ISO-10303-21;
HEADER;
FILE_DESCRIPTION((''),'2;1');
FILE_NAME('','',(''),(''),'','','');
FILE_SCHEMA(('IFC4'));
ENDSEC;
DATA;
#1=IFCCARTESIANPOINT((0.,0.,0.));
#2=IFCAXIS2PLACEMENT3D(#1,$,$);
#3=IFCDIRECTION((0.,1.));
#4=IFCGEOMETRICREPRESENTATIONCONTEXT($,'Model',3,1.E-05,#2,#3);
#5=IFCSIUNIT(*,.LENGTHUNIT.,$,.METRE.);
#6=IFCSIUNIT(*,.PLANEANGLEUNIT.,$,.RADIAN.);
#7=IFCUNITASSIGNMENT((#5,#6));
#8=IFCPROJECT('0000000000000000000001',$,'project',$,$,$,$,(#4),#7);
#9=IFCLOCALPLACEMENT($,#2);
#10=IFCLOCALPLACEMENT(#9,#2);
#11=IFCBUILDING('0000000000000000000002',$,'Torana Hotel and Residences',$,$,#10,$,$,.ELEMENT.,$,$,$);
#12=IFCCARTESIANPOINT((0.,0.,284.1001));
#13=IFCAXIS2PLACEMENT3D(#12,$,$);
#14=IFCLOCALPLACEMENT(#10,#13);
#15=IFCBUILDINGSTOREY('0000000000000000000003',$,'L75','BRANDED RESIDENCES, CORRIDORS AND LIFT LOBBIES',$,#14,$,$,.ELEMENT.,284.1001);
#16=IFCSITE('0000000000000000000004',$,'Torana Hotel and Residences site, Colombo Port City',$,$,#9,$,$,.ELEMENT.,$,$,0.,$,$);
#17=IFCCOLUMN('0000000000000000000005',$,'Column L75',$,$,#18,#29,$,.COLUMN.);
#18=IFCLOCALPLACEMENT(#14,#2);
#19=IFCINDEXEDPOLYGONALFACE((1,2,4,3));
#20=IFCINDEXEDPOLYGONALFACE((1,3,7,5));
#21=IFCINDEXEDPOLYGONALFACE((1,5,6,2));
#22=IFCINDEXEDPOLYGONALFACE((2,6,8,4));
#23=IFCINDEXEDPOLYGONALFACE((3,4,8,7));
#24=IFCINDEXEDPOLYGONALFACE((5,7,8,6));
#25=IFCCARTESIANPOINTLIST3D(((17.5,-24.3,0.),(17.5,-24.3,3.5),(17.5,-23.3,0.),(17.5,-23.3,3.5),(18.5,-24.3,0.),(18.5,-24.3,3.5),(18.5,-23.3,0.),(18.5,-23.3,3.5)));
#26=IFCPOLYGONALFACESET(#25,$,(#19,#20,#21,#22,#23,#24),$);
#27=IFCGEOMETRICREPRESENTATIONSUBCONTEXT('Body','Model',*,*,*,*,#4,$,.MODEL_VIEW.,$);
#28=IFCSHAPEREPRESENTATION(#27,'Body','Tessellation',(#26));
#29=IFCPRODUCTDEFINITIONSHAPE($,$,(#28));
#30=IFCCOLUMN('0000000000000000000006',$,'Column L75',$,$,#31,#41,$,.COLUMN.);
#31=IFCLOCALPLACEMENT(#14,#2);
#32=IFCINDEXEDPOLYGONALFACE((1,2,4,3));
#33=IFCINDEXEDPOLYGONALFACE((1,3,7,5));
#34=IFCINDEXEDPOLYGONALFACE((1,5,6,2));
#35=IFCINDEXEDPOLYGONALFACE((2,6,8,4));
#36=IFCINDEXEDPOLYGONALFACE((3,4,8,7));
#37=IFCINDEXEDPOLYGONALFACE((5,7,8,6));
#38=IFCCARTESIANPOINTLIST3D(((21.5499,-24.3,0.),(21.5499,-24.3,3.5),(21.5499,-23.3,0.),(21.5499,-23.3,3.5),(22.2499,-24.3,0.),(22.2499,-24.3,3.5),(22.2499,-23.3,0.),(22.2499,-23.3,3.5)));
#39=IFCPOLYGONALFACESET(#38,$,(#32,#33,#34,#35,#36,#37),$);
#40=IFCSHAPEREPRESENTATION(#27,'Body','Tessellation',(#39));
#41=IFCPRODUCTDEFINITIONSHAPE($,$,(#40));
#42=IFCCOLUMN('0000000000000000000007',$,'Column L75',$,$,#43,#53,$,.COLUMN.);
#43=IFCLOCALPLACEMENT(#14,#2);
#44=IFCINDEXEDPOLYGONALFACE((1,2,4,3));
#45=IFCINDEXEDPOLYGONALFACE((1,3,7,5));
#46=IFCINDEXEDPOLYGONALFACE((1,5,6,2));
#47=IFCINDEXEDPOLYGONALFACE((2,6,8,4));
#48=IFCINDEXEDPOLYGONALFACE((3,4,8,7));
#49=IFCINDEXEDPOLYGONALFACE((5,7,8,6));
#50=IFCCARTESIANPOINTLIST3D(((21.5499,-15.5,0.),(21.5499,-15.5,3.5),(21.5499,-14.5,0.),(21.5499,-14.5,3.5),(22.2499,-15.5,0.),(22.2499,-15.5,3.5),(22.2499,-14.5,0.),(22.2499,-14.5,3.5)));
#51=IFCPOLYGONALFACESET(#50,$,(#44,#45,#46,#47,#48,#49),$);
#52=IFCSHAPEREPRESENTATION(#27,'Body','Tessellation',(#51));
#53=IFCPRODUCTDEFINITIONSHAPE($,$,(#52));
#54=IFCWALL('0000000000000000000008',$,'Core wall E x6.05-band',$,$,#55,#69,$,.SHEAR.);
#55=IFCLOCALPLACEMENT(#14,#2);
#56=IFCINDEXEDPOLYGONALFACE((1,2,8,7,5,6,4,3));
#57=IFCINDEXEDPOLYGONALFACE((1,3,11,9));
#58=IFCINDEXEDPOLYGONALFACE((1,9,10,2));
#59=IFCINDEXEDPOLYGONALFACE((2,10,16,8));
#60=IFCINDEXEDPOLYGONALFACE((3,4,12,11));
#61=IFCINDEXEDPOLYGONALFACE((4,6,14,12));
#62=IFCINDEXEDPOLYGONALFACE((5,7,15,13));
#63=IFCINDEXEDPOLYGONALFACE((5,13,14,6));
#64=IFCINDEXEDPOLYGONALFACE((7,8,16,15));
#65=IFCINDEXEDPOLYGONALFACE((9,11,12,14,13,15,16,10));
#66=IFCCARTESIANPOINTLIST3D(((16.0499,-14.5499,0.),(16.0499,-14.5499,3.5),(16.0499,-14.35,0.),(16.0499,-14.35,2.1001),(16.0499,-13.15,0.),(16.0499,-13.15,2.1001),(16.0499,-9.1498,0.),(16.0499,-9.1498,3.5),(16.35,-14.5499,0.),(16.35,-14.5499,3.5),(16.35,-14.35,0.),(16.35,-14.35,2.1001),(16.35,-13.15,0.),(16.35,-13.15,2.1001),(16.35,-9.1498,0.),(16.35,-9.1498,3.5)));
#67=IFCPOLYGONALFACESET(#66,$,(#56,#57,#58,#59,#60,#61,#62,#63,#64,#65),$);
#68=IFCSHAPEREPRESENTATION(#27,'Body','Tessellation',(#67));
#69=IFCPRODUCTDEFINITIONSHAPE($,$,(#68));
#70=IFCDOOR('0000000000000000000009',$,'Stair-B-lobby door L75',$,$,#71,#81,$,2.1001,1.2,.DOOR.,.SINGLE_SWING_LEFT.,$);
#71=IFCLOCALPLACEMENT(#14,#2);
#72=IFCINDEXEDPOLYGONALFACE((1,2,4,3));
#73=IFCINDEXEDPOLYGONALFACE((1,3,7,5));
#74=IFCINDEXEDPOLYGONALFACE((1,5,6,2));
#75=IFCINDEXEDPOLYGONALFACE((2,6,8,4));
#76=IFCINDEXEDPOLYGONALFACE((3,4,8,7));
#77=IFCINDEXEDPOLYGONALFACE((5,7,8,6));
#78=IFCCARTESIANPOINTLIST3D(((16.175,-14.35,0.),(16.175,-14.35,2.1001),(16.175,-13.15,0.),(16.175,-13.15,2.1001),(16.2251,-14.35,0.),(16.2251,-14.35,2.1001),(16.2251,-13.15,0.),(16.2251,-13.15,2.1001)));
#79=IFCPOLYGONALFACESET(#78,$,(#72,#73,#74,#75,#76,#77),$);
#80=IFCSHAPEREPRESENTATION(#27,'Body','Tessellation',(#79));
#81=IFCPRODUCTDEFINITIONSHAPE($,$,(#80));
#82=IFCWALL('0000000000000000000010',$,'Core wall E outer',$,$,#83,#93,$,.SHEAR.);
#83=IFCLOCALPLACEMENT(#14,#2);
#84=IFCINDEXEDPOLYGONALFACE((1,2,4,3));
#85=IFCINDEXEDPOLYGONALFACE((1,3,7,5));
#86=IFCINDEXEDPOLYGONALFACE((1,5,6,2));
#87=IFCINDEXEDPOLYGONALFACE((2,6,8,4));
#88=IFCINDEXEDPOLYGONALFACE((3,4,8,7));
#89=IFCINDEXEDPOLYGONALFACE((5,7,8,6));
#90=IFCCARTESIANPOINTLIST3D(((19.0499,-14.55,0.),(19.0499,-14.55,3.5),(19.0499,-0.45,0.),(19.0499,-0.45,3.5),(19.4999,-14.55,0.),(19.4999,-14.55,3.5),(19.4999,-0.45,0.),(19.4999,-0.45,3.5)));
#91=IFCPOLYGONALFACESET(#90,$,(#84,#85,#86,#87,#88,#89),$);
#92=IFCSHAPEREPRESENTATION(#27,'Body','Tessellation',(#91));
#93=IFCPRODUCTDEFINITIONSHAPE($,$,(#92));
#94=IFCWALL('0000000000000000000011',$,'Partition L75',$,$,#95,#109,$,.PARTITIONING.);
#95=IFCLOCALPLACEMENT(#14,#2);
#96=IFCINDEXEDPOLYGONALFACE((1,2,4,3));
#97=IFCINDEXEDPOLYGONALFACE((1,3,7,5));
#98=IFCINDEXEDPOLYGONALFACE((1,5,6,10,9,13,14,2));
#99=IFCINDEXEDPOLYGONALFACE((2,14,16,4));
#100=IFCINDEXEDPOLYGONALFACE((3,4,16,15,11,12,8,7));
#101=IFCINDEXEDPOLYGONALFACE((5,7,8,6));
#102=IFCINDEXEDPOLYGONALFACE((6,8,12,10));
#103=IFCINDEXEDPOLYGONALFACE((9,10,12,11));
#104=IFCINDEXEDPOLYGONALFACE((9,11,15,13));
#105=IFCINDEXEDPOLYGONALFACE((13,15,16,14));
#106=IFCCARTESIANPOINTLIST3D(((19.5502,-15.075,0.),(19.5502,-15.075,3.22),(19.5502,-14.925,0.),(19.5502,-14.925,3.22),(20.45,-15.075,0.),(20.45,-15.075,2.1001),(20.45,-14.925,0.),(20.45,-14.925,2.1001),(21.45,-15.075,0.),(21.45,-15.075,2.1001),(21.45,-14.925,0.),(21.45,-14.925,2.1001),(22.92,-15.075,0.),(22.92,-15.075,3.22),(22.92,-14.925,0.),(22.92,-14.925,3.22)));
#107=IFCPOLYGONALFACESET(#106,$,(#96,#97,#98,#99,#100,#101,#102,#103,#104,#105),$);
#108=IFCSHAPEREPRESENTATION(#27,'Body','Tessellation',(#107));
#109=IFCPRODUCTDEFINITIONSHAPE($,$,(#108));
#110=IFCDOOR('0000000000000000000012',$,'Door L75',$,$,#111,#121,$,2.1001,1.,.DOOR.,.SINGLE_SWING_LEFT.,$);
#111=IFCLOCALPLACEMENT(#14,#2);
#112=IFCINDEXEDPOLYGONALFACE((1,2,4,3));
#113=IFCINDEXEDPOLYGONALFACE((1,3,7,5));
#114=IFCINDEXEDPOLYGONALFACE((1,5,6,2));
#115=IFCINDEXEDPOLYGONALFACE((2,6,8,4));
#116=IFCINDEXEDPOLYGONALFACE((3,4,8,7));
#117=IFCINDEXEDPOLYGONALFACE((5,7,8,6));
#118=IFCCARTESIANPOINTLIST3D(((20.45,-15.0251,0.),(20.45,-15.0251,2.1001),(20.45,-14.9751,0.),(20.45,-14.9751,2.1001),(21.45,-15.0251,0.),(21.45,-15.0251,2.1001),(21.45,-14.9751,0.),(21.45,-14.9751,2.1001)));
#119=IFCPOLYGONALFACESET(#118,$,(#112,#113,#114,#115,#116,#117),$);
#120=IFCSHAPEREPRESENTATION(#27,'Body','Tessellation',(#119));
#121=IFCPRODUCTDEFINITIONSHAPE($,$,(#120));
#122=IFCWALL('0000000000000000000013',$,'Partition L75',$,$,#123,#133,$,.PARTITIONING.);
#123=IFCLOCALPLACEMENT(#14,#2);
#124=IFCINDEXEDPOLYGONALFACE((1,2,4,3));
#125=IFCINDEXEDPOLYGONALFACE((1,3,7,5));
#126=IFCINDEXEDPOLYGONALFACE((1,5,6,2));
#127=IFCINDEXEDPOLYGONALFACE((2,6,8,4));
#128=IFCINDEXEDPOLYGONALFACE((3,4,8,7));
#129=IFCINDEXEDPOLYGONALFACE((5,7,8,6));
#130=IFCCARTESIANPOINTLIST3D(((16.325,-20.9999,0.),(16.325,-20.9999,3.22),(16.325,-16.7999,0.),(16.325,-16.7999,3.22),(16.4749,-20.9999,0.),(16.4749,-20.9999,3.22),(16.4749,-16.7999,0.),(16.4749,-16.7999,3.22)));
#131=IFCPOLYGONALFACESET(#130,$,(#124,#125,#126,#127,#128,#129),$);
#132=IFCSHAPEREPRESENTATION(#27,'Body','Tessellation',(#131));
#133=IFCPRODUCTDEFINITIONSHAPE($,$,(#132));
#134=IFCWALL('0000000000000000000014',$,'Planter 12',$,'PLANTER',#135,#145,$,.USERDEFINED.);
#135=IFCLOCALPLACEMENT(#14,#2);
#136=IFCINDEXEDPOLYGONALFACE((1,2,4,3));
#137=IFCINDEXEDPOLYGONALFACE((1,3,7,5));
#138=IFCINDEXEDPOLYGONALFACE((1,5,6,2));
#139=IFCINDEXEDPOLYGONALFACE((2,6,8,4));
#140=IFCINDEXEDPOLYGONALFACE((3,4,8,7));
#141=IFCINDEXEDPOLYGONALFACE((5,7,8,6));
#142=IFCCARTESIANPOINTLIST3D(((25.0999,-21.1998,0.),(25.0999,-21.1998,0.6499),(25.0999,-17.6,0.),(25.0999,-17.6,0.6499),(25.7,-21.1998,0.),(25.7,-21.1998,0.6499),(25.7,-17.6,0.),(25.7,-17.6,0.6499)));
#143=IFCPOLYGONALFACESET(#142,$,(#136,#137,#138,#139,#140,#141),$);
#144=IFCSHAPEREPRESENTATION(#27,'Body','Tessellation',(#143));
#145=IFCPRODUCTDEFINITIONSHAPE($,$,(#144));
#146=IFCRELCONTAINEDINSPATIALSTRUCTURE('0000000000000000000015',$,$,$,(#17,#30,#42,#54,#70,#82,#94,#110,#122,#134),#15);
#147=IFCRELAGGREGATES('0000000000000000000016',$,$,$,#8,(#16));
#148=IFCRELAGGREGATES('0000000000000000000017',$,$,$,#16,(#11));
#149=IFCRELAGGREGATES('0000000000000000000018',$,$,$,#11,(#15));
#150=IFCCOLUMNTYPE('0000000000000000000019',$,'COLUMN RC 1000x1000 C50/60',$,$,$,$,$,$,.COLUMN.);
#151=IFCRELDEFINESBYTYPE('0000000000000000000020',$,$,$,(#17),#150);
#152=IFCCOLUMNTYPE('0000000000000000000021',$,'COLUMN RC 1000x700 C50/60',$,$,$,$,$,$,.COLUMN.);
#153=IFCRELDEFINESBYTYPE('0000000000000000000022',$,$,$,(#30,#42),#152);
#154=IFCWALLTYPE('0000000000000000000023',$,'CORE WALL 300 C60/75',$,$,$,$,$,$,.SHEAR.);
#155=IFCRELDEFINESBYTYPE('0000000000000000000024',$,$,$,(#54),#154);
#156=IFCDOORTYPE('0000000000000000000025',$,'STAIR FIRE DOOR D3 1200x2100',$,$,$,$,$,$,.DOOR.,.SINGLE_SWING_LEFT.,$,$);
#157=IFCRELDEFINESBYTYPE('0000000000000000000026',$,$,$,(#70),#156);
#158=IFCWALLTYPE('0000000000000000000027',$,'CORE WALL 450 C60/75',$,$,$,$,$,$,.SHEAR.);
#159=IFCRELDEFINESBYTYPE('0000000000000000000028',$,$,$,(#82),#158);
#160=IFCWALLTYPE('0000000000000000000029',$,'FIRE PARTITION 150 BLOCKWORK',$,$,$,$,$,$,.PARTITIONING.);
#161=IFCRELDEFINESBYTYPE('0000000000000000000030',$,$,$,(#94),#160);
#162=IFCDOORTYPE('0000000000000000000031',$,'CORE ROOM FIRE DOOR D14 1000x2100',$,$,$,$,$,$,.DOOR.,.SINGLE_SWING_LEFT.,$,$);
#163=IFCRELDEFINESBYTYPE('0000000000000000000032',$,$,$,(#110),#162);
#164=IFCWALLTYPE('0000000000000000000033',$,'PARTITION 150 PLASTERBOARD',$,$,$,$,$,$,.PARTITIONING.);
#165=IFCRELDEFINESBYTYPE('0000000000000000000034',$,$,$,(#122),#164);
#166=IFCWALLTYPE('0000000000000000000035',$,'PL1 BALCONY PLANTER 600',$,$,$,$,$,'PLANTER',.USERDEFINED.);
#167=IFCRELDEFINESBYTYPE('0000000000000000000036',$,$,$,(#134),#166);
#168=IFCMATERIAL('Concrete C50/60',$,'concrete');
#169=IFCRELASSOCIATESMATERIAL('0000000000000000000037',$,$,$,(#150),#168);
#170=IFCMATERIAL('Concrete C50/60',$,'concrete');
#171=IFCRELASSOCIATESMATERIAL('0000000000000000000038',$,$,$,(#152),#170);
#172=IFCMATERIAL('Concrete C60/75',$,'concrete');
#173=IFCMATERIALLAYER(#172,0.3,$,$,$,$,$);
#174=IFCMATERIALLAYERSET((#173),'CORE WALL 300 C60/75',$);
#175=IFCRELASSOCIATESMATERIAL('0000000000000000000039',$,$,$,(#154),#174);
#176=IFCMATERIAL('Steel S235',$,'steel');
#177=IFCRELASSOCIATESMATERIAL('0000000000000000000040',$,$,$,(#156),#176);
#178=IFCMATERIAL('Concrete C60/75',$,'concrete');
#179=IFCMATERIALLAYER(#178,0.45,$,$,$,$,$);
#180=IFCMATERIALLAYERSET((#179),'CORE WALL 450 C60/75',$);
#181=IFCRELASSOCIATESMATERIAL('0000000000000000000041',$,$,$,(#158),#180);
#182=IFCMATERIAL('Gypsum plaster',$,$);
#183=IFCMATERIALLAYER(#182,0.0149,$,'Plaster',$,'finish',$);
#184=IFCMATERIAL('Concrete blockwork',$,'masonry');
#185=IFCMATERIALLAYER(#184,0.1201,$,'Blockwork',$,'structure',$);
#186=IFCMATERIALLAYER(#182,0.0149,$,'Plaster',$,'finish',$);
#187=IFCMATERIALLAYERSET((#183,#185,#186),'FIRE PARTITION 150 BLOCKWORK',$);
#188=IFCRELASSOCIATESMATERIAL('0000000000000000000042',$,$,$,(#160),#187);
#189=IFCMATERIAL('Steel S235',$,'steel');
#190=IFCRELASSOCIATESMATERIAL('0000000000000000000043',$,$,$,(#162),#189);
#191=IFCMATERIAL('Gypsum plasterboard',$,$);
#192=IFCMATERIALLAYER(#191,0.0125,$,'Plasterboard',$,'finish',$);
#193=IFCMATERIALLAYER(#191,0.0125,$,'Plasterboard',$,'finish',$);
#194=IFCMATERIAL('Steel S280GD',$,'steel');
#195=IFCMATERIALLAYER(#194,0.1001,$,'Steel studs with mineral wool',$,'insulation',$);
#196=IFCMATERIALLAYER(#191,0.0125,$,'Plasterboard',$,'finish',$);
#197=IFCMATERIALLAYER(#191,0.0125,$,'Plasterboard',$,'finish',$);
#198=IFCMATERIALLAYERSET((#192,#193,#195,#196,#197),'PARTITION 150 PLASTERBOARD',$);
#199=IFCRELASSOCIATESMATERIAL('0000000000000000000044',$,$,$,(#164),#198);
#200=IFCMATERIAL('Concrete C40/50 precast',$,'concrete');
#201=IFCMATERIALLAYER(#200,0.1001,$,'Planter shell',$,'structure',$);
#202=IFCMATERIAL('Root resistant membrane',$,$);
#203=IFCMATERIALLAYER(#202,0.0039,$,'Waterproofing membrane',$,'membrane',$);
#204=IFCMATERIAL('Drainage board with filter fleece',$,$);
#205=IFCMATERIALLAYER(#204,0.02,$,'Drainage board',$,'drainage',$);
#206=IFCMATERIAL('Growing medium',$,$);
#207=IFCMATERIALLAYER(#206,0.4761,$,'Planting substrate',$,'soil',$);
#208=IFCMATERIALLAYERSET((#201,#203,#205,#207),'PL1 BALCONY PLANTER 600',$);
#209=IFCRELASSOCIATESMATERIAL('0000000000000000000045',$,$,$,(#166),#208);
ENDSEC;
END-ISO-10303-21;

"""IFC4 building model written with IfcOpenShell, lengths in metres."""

from ifc_helpers import new_model, si_unit, direction, frame, frame_2d, origin, origin_2d, place, context, subcontext, project, spatial, rectangle, extrude, material, layer, layer_set, material_profile, profile_set, type_object, element, fill, save


model = new_model("IFC4")

# Units and contexts
model_context = context("Model", 3, precision=1e-05, world=origin(), true_north=direction((0.0, 1.0)))
body_context = subcontext(model_context, "Body", "Model", "MODEL_VIEW")
ifc_project = project(units=[si_unit("LENGTHUNIT", "METRE"), si_unit("PLANEANGLEUNIT", "RADIAN")], contexts=[model_context])

# Site, building, storey
site_placement = place(None, origin())
site = spatial("IfcSite", under=ifc_project, at=site_placement, Name="Torana Hotel and Residences site, Colombo Port City", CompositionType="ELEMENT", RefElevation=0.0)
building_placement = place(site_placement, origin())
building = spatial("IfcBuilding", under=site, at=building_placement, Name="Torana Hotel and Residences", CompositionType="ELEMENT")
storey_placement = place(building_placement, frame((0.0, 0.0, 284.1001)))
storey = spatial("IfcBuildingStorey", under=building, at=storey_placement, Name="L75", Description="BRANDED RESIDENCES, CORRIDORS AND LIFT LOBBIES", CompositionType="ELEMENT", Elevation=284.1001)

# Columns
ifc_material_1 = material(Name="Concrete C50/60", Category="concrete")
ifc_material_profile_1 = material_profile(ifc_material_1, rectangle(XDim=1.0, YDim=1.0, at=origin_2d()), Name="RC 1000x1000")
ifc_profile_set_1 = profile_set([ifc_material_profile_1], Name="Concrete C50/60")
column_type_1 = type_object("IfcColumnType", Name="COLUMN RC 1000x1000 C50/60", PredefinedType="COLUMN", material=ifc_profile_set_1)
column_placement = place(storey_placement, frame((18.0, -23.8, 0.0), z_axis=(0.0, 0.0, 1.0), x_axis=(1.0, 0.0, 0.0)))
element("IfcColumn", 1, at=column_placement, inside=storey, type_object=column_type_1, Name="Column L75", PredefinedType="COLUMN", context=body_context, shape_type="SweptSolid", body=[
    extrude(rectangle(XDim=1.0, YDim=1.0, at=origin_2d()), origin(), (0.0, 0.0, 1.0), 3.5),
])
ifc_material_2 = material(Name="Concrete C50/60", Category="concrete")
ifc_material_profile_2 = material_profile(ifc_material_2, rectangle(XDim=1.0, YDim=0.7, at=origin_2d()), Name="RC 1000x700")
ifc_profile_set_2 = profile_set([ifc_material_profile_2], Name="Concrete C50/60")
column_type_2 = type_object("IfcColumnType", Name="COLUMN RC 1000x700 C50/60", PredefinedType="COLUMN", material=ifc_profile_set_2)
for number, where, z_axis, x_axis, name in (
    (2, (21.8999, -23.8, 0.0), (0.0, 0.0, 1.0), (0.0, 1.0, 0.0), "Column L75"),
    (3, (21.8999, -15.0, 0.0), (0.0, 0.0, 1.0), (0.0, 1.0, 0.0), "Column L75"),
):
    element("IfcColumn", number, at=place(storey_placement, frame(where, z_axis=z_axis, x_axis=x_axis)), inside=storey, type_object=column_type_2, Name=name, PredefinedType="COLUMN", context=body_context, shape_type="SweptSolid", body=[
        extrude(rectangle(XDim=1.0, YDim=0.7, at=origin_2d()), origin(), (0.0, 0.0, 1.0), 3.5),
    ])

# Wall, opening, door
ifc_material_3 = material(Name="Concrete C60/75", Category="concrete")
ifc_layer_1 = layer(ifc_material_3, 0.3)
ifc_layer_set_1 = layer_set([ifc_layer_1], Name="CORE WALL 300 C60/75")
wall_type_1 = type_object("IfcWallType", Name="CORE WALL 300 C60/75", PredefinedType="SHEAR", material=ifc_layer_set_1)
wall_1_placement = place(storey_placement, frame((16.2, -14.55, 0.0), z_axis=(0.0, 0.0, 1.0), x_axis=(0.0, 1.0, 0.0)))
wall_1 = element("IfcWall", 4, at=wall_1_placement, inside=storey, type_object=wall_type_1, Name="Core wall E x6.05-band", PredefinedType="SHEAR", context=body_context, shape_type="SweptSolid", body=[
    extrude(rectangle(XDim=5.4001, YDim=0.3, at=frame_2d((2.7002, 0.0))), origin(), (0.0, 0.0, 1.0), 3.5),
])
opening_1_placement = place(wall_1_placement, frame((0.2, 0.0, 0.0)))
opening_1 = element("IfcOpeningElement", 5, at=opening_1_placement, cuts=wall_1, PredefinedType="OPENING", context=body_context, shape_type="SweptSolid", body=[
    extrude(rectangle(XDim=1.2, YDim=2.1001, at=frame_2d((0.6001, 1.05))), frame((0.0, 0.1599, 0.0), z_axis=(0.0, -1.0, 0.0), x_axis=(1.0, 0.0, 0.0)), (0.0, 0.0, 1.0), 0.3201),
])
ifc_material_4 = material(Name="Steel S235", Category="steel")
door_type_1 = type_object("IfcDoorType", Name="STAIR FIRE DOOR D3 1200x2100", OperationType="SINGLE_SWING_LEFT", PredefinedType="DOOR", material=ifc_material_4)
door_1_placement = place(opening_1_placement, frame((0.6001, 0.0, 0.0), z_axis=(0.0, 0.0, 1.0), x_axis=(-1.0, 0.0, 0.0)))
door_1 = element("IfcDoor", 6, at=door_1_placement, inside=storey, type_object=door_type_1, Name="Stair-B-lobby door L75", OperationType="SINGLE_SWING_LEFT", OverallHeight=2.1001, OverallWidth=1.2, PredefinedType="DOOR", context=body_context, shape_type="SweptSolid", body=[
    extrude(rectangle(XDim=1.2, YDim=2.1001, at=frame_2d((0.0, 1.05))), frame((0.0, -0.0249, 0.0), z_axis=(0.0, 1.0, 0.0), x_axis=(-1.0, 0.0, 0.0)), (0.0, 0.0, 1.0), 0.05),
])
fill(opening_1, door_1)

# Wall
ifc_material_5 = material(Name="Concrete C60/75", Category="concrete")
ifc_layer_2 = layer(ifc_material_5, 0.45)
ifc_layer_set_2 = layer_set([ifc_layer_2], Name="CORE WALL 450 C60/75")
wall_type_2 = type_object("IfcWallType", Name="CORE WALL 450 C60/75", PredefinedType="SHEAR", material=ifc_layer_set_2)
wall_2_placement = place(storey_placement, frame((19.2749, -14.55, 0.0), z_axis=(0.0, 0.0, 1.0), x_axis=(0.0, 1.0, 0.0)))
element("IfcWall", 7, at=wall_2_placement, inside=storey, type_object=wall_type_2, Name="Core wall E outer", PredefinedType="SHEAR", context=body_context, shape_type="SweptSolid", body=[
    extrude(rectangle(XDim=14.1001, YDim=0.45, at=frame_2d((7.05, 0.0))), origin(), (0.0, 0.0, 1.0), 3.5),
])

# Wall, opening, door
ifc_material_6 = material(Name="Gypsum plaster")
ifc_layer_3 = layer(ifc_material_6, 0.0149, Name="Plaster", Category="finish")
ifc_material_7 = material(Name="Concrete blockwork", Category="masonry")
ifc_layer_4 = layer(ifc_material_7, 0.1201, Name="Blockwork", Category="structure")
ifc_layer_5 = layer(ifc_material_6, 0.0149, Name="Plaster", Category="finish")
ifc_layer_set_3 = layer_set([ifc_layer_3, ifc_layer_4, ifc_layer_5], Name="FIRE PARTITION 150 BLOCKWORK")
wall_type_3 = type_object("IfcWallType", Name="FIRE PARTITION 150 BLOCKWORK", PredefinedType="PARTITIONING", material=ifc_layer_set_3)
wall_3_placement = place(storey_placement, frame((19.55, -15.0, 0.0), z_axis=(0.0, 0.0, 1.0), x_axis=(1.0, 0.0, 0.0)))
wall_3 = element("IfcWall", 8, at=wall_3_placement, inside=storey, type_object=wall_type_3, Name="Partition L75", PredefinedType="PARTITIONING", context=body_context, shape_type="SweptSolid", body=[
    extrude(rectangle(XDim=3.3699, YDim=0.1499, at=frame_2d((1.6851, 0.0))), origin(), (0.0, 0.0, 1.0), 3.22),
])
opening_2_placement = place(wall_3_placement, frame((0.8999, 0.0, 0.0)))
opening_2 = element("IfcOpeningElement", 9, at=opening_2_placement, cuts=wall_3, PredefinedType="OPENING", context=body_context, shape_type="SweptSolid", body=[
    extrude(rectangle(XDim=1.0, YDim=2.1001, at=frame_2d((0.5, 1.05))), frame((0.0, 0.085, 0.0), z_axis=(0.0, -1.0, 0.0), x_axis=(1.0, 0.0, 0.0)), (0.0, 0.0, 1.0), 0.1699),
])
ifc_material_8 = material(Name="Steel S235", Category="steel")
door_type_2 = type_object("IfcDoorType", Name="CORE ROOM FIRE DOOR D14 1000x2100", OperationType="SINGLE_SWING_LEFT", PredefinedType="DOOR", material=ifc_material_8)
door_2_placement = place(opening_2_placement, origin())
door_2 = element("IfcDoor", 10, at=door_2_placement, inside=storey, type_object=door_type_2, Name="Door L75", OperationType="SINGLE_SWING_LEFT", OverallHeight=2.1001, OverallWidth=1.0, PredefinedType="DOOR", context=body_context, shape_type="SweptSolid", body=[
    extrude(rectangle(XDim=1.0, YDim=2.1001, at=frame_2d((0.5, 1.05))), frame((0.0, 0.0249, 0.0), z_axis=(0.0, -1.0, 0.0), x_axis=(1.0, 0.0, 0.0)), (0.0, 0.0, 1.0), 0.05),
])
fill(opening_2, door_2)

# Walls
ifc_material_9 = material(Name="Gypsum plasterboard")
ifc_layer_6 = layer(ifc_material_9, 0.0125, Name="Plasterboard", Category="finish")
ifc_layer_7 = layer(ifc_material_9, 0.0125, Name="Plasterboard", Category="finish")
ifc_material_10 = material(Name="Steel S280GD", Category="steel")
ifc_layer_8 = layer(ifc_material_10, 0.1001, Name="Steel studs with mineral wool", Category="insulation")
ifc_layer_9 = layer(ifc_material_9, 0.0125, Name="Plasterboard", Category="finish")
ifc_layer_10 = layer(ifc_material_9, 0.0125, Name="Plasterboard", Category="finish")
ifc_layer_set_4 = layer_set([ifc_layer_6, ifc_layer_7, ifc_layer_8, ifc_layer_9, ifc_layer_10], Name="PARTITION 150 PLASTERBOARD")
wall_type_4 = type_object("IfcWallType", Name="PARTITION 150 PLASTERBOARD", PredefinedType="PARTITIONING", material=ifc_layer_set_4)
wall_4_placement = place(storey_placement, frame((16.3999, -21.0, 0.0), z_axis=(0.0, 0.0, 1.0), x_axis=(0.0, 1.0, 0.0)))
element("IfcWall", 11, at=wall_4_placement, inside=storey, type_object=wall_type_4, Name="Partition L75", PredefinedType="PARTITIONING", context=body_context, shape_type="SweptSolid", body=[
    extrude(rectangle(XDim=4.2, YDim=0.1499, at=frame_2d((2.1001, 0.0))), origin(), (0.0, 0.0, 1.0), 3.22),
])
ifc_material_11 = material(Name="Concrete C40/50 precast", Category="concrete")
ifc_layer_11 = layer(ifc_material_11, 0.1001, Name="Planter shell", Category="structure")
ifc_material_12 = material(Name="Root resistant membrane")
ifc_layer_12 = layer(ifc_material_12, 0.0039, Name="Waterproofing membrane", Category="membrane")
ifc_material_13 = material(Name="Drainage board with filter fleece")
ifc_layer_13 = layer(ifc_material_13, 0.02, Name="Drainage board", Category="drainage")
ifc_material_14 = material(Name="Growing medium")
ifc_layer_14 = layer(ifc_material_14, 0.4761, Name="Planting substrate", Category="soil")
ifc_layer_set_5 = layer_set([ifc_layer_11, ifc_layer_12, ifc_layer_13, ifc_layer_14], Name="PL1 BALCONY PLANTER 600")
wall_type_5 = type_object("IfcWallType", Name="PL1 BALCONY PLANTER 600", ElementType="PLANTER", PredefinedType="USERDEFINED", material=ifc_layer_set_5)
wall_5_placement = place(storey_placement, frame((25.3999, -17.6001, 0.0), z_axis=(0.0, 0.0, 1.0), x_axis=(0.0, -1.0, 0.0)))
element("IfcWall", 12, at=wall_5_placement, inside=storey, type_object=wall_type_5, Name="Planter 12", ObjectType="PLANTER", PredefinedType="USERDEFINED", context=body_context, shape_type="SweptSolid", body=[
    extrude(rectangle(XDim=3.5999, YDim=0.6001, at=frame_2d((1.7998, 0.0))), origin(), (0.0, 0.0, 1.0), 0.6499),
])

save(model, "model.ifc")
